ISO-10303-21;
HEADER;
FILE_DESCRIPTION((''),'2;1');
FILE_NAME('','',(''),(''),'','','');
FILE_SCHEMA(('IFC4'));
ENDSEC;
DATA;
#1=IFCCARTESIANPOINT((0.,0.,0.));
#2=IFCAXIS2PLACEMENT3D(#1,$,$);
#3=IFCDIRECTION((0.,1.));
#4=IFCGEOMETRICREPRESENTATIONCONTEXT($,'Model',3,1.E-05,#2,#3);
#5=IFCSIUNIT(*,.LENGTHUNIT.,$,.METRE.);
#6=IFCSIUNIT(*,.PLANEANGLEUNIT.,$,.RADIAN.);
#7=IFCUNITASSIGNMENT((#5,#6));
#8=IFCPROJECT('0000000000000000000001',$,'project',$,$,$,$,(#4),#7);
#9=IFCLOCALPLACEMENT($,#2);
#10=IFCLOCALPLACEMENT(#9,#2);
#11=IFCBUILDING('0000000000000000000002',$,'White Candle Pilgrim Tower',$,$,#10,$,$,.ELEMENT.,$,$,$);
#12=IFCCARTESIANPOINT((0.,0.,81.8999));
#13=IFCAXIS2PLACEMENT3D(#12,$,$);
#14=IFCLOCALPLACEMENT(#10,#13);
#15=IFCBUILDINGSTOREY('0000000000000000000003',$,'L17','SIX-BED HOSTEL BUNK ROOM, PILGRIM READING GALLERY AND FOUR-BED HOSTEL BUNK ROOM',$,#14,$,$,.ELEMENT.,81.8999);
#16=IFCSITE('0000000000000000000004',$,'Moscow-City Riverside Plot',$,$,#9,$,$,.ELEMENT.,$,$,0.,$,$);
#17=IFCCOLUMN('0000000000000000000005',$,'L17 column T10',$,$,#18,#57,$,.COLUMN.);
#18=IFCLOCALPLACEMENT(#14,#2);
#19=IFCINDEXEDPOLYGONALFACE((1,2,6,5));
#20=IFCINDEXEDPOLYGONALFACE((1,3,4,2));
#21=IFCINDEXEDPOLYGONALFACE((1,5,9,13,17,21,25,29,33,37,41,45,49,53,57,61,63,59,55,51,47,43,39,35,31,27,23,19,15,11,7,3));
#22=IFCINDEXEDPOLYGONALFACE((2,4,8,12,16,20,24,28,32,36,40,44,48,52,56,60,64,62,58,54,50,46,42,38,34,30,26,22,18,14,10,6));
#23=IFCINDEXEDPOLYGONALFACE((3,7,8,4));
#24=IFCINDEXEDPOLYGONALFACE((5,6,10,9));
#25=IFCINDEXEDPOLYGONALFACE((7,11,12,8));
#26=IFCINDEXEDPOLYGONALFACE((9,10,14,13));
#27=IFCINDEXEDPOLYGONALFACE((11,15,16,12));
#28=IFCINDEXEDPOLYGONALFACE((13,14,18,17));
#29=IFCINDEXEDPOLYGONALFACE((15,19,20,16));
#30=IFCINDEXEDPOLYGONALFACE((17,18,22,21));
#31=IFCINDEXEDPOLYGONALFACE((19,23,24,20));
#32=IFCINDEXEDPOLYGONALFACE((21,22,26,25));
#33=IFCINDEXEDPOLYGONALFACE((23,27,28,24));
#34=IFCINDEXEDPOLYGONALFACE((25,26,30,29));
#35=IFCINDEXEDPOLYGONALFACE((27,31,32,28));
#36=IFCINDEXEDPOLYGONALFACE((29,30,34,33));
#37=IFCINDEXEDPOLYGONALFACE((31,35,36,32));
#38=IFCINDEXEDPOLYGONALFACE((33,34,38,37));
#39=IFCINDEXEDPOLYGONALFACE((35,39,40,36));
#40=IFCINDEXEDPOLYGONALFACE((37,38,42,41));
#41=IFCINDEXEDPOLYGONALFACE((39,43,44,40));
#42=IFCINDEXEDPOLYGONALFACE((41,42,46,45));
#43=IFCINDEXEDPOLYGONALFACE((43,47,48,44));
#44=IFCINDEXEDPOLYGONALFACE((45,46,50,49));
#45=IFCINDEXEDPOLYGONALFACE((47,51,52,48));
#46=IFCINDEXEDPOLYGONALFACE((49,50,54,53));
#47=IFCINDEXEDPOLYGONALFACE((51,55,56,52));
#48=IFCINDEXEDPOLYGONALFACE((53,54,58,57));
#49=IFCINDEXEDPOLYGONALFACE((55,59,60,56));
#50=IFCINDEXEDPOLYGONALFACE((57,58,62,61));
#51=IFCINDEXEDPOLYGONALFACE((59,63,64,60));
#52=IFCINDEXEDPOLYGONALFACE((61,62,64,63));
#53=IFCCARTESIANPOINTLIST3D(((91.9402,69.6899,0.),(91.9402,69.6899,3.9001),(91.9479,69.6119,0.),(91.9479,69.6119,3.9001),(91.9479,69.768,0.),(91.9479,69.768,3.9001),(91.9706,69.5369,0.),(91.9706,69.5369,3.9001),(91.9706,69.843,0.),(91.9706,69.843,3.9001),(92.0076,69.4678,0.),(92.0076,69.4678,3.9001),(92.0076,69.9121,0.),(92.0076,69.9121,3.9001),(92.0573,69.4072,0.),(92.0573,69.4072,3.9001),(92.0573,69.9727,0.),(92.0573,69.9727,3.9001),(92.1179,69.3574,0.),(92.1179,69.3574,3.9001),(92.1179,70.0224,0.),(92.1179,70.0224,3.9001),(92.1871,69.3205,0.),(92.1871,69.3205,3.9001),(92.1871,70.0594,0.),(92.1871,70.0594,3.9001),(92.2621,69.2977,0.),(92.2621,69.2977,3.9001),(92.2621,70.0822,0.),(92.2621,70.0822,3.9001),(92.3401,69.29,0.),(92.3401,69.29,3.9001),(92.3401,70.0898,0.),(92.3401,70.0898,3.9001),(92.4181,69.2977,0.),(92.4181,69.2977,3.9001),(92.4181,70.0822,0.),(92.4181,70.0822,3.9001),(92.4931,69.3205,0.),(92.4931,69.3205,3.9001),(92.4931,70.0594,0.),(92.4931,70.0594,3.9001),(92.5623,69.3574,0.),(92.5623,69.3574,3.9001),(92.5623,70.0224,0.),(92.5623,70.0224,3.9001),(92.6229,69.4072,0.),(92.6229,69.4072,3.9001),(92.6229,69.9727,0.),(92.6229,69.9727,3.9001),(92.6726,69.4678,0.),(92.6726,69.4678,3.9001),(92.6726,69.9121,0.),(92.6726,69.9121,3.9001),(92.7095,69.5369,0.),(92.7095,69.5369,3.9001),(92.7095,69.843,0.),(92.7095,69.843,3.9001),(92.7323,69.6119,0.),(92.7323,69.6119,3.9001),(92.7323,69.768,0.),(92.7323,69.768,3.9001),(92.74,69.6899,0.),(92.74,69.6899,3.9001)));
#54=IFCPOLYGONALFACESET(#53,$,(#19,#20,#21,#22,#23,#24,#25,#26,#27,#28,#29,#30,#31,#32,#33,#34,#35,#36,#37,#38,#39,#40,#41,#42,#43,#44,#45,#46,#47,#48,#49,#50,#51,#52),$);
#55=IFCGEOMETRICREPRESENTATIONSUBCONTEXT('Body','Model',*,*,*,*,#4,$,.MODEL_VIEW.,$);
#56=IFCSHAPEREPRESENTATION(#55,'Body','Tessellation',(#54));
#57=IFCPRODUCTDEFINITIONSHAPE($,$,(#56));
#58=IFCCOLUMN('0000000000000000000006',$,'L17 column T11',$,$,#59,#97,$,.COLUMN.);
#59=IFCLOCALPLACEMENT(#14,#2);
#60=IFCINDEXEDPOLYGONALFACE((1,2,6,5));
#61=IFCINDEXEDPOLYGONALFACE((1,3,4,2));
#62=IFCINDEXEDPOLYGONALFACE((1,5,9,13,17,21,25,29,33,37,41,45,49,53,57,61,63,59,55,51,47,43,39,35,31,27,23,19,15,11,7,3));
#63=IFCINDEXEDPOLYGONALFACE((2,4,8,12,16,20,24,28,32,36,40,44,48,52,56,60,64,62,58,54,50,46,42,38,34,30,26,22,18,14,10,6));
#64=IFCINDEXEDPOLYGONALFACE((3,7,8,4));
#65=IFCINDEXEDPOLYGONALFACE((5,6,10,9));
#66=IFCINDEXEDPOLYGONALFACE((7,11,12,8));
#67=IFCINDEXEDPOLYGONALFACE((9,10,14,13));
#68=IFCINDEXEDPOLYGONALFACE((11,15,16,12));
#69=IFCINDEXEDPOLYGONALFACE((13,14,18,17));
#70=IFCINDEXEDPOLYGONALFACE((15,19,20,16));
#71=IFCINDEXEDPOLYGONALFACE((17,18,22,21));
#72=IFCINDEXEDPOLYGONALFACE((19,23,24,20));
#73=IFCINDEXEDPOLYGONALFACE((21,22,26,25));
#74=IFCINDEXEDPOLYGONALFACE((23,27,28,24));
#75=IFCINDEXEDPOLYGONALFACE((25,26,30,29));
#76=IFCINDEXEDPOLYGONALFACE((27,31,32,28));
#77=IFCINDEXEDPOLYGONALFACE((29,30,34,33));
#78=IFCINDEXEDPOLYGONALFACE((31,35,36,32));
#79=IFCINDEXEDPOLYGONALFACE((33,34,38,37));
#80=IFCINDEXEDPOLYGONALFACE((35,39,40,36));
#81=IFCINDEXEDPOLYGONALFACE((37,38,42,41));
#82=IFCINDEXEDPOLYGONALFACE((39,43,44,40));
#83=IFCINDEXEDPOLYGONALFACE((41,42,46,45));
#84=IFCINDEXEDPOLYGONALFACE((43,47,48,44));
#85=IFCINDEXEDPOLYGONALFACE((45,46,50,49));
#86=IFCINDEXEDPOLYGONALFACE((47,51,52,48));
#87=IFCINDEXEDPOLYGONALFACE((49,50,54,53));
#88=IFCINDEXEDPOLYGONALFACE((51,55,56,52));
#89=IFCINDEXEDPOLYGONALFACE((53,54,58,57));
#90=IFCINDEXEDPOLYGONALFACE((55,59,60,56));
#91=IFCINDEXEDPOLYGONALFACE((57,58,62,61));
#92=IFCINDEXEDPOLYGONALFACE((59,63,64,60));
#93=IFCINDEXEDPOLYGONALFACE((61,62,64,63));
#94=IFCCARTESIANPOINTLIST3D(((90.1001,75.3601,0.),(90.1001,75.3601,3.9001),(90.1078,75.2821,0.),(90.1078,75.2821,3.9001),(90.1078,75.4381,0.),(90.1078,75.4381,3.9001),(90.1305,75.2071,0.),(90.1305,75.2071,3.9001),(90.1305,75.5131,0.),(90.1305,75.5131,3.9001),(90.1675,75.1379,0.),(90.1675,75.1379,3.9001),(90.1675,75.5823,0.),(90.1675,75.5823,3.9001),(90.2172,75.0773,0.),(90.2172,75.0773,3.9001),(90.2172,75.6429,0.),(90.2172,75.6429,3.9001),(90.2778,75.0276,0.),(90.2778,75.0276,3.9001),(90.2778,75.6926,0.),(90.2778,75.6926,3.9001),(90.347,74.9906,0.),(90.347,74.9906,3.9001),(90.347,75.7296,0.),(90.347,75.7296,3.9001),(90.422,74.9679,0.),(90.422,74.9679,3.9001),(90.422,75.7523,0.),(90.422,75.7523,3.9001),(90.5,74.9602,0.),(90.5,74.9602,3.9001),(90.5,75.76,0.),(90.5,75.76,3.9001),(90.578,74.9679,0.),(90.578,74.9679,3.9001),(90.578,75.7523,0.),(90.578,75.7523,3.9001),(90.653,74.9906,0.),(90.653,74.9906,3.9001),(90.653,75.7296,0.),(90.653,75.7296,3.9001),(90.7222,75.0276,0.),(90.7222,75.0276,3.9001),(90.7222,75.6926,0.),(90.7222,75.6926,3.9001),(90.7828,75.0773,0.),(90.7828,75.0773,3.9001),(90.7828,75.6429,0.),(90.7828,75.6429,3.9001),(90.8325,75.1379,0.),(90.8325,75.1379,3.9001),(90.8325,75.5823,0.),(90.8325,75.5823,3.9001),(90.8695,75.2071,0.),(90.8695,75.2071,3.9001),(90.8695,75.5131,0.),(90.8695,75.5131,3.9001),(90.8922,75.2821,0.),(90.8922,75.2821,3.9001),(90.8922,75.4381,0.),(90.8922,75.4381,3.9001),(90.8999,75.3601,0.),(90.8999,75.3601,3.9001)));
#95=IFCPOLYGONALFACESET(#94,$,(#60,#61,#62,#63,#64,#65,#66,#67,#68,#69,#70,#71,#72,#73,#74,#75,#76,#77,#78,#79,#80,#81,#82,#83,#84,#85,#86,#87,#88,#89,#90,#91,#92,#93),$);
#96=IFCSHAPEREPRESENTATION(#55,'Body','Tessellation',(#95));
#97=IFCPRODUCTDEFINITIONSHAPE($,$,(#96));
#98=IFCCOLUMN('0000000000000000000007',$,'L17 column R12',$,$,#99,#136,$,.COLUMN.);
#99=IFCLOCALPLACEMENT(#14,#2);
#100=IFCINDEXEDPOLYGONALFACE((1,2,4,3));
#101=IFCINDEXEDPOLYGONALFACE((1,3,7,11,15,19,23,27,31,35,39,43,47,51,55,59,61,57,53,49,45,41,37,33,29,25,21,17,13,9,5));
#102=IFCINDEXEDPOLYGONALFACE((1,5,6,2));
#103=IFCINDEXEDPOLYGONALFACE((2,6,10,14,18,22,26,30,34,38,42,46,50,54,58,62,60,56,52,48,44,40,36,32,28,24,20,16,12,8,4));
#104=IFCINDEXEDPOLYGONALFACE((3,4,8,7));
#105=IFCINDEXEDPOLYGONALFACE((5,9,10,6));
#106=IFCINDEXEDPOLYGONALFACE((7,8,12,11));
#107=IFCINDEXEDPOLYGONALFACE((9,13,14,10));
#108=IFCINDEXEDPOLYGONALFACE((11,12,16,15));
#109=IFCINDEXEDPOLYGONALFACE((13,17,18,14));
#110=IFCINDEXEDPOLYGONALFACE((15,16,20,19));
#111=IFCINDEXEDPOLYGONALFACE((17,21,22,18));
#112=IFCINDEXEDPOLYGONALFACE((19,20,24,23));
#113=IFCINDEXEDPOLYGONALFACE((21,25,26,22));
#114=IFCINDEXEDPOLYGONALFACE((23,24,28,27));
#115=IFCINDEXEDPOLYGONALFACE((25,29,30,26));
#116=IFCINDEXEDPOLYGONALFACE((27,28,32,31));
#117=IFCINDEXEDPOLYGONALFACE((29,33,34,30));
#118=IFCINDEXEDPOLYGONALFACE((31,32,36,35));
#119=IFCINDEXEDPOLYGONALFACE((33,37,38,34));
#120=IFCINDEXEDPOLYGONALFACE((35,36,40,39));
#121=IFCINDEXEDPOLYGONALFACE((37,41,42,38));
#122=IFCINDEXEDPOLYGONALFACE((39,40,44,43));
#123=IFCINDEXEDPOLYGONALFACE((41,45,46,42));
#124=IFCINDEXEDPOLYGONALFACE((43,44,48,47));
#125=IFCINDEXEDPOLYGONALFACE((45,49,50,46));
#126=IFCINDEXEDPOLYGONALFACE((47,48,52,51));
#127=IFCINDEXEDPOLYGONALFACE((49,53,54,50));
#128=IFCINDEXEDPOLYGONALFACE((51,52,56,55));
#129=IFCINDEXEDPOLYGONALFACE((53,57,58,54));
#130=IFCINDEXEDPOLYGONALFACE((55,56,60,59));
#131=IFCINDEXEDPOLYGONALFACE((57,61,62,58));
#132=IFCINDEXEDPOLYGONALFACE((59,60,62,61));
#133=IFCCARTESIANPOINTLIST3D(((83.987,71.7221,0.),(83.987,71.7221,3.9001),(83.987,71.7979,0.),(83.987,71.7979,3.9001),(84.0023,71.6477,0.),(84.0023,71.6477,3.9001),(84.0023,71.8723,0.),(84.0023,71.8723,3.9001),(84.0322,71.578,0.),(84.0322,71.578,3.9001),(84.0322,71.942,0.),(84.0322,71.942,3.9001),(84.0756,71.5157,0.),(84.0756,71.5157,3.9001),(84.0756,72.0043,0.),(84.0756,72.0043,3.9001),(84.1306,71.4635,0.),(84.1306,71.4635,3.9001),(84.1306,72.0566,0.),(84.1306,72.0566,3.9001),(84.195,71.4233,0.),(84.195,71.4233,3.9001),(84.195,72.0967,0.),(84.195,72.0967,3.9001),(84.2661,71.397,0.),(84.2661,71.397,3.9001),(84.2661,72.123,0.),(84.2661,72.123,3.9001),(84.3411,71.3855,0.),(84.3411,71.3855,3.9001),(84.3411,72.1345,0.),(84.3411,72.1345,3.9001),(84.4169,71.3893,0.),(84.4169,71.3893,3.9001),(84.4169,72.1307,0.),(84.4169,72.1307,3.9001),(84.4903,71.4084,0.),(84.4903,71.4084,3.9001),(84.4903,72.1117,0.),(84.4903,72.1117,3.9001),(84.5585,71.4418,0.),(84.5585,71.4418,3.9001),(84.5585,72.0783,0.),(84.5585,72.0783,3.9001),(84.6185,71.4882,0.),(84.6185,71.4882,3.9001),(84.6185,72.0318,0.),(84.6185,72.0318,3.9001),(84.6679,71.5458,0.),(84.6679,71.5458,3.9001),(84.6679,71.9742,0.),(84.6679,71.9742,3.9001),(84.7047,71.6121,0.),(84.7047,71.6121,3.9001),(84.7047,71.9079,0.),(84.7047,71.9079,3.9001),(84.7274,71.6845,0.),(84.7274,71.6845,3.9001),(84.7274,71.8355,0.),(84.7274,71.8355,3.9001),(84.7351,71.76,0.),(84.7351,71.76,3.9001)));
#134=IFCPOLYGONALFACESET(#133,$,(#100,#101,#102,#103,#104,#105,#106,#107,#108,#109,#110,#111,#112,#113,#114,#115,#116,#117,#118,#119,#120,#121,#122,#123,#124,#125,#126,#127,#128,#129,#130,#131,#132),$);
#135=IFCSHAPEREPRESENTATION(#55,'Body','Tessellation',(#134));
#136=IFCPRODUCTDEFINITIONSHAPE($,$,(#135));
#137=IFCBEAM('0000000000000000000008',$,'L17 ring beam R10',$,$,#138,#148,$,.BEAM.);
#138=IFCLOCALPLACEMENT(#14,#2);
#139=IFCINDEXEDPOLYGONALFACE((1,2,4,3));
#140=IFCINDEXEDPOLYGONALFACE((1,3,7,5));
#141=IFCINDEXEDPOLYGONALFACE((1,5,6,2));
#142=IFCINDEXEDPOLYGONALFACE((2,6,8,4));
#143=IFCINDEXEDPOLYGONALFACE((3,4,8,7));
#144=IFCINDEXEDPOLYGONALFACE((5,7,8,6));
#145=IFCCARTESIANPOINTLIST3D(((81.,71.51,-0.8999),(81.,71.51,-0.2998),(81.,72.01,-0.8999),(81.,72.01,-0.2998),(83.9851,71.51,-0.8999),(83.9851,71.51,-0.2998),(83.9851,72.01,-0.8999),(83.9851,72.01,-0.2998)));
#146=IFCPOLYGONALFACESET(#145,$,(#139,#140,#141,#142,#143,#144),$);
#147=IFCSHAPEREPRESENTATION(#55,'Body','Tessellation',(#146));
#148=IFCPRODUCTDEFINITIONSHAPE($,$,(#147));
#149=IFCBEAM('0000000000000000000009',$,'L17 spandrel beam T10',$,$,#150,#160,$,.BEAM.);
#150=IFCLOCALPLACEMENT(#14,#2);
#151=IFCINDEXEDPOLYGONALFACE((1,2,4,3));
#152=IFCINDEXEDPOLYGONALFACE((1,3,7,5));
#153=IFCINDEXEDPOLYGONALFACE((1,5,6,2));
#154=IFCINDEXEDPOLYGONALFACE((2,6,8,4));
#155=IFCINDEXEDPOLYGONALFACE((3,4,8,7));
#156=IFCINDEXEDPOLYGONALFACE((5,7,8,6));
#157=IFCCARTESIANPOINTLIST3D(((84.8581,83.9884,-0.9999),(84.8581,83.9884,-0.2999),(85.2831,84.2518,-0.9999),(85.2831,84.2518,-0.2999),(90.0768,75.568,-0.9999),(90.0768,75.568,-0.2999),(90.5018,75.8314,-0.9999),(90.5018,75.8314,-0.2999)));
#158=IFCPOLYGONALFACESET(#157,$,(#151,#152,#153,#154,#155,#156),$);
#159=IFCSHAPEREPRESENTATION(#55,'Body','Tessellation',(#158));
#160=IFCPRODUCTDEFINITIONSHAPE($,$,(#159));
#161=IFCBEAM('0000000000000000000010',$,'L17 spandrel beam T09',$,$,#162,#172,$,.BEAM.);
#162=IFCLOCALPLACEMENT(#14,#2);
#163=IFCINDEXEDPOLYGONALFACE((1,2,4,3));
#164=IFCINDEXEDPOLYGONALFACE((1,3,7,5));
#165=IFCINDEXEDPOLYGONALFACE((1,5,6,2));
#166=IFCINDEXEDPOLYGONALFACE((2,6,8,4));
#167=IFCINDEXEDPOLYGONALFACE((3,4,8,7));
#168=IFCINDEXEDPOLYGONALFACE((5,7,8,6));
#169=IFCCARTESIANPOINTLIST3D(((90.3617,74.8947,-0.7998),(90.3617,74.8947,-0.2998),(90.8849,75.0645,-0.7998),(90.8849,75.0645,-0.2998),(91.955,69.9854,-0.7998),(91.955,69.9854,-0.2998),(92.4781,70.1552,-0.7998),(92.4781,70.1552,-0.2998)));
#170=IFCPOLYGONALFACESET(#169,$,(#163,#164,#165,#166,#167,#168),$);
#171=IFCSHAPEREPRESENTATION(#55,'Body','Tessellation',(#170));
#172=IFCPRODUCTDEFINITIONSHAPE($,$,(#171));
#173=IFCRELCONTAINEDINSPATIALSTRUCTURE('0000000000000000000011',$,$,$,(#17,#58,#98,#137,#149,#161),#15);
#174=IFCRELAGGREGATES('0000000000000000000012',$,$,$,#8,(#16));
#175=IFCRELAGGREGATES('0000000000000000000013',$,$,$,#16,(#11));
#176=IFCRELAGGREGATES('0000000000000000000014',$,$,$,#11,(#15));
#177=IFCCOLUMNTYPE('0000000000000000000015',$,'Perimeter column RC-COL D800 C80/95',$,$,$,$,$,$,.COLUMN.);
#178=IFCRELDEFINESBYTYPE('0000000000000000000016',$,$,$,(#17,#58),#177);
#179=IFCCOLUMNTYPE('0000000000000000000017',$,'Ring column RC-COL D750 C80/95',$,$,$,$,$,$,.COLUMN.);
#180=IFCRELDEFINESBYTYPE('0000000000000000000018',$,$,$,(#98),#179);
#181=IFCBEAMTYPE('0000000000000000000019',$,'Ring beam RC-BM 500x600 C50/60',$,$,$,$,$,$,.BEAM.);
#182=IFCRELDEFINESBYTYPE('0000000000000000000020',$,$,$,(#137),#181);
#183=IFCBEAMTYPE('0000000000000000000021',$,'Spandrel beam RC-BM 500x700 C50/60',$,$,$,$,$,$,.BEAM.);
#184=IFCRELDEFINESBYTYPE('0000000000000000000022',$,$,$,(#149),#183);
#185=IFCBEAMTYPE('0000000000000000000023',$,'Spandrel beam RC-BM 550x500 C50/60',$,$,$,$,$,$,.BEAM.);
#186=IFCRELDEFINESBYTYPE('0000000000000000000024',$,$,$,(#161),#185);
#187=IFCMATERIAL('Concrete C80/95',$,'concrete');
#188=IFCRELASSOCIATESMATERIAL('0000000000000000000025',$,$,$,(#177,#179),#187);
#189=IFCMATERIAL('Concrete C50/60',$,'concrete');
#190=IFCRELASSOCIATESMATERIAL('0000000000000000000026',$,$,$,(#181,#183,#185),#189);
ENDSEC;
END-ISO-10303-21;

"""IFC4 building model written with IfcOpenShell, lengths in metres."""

from ifc_helpers import new_model, si_unit, direction, frame, origin, origin_2d, place, context, subcontext, project, spatial, rectangle, circle, extrude, material, material_profile, profile_set, type_object, element, save


model = new_model("IFC4")

# Units and contexts
model_context = context("Model", 3, precision=1e-05, world=origin(), true_north=direction((0.0, 1.0)))
body_context = subcontext(model_context, "Body", "Model", "MODEL_VIEW")
ifc_project = project(units=[si_unit("LENGTHUNIT", "METRE"), si_unit("PLANEANGLEUNIT", "RADIAN")], contexts=[model_context])

# Site, building, storey
site_placement = place(None, origin())
site = spatial("IfcSite", under=ifc_project, at=site_placement, Name="Moscow-City Riverside Plot", CompositionType="ELEMENT", RefElevation=0.0)
building_placement = place(site_placement, origin())
building = spatial("IfcBuilding", under=site, at=building_placement, Name="White Candle Pilgrim Tower", CompositionType="ELEMENT")
storey_placement = place(building_placement, frame((0.0, 0.0, 81.8999)))
storey = spatial("IfcBuildingStorey", under=building, at=storey_placement, Name="L17", Description="SIX-BED HOSTEL BUNK ROOM, PILGRIM READING GALLERY AND FOUR-BED HOSTEL BUNK ROOM", CompositionType="ELEMENT", Elevation=81.8999)

# Columns
ifc_material_1 = material(Name="Concrete C80/95", Category="concrete")
ifc_material_profile_1 = material_profile(ifc_material_1, circle(Radius=0.3999, at=origin_2d()), Name="RC-COL D800")
ifc_profile_set_1 = profile_set([ifc_material_profile_1], Name="Concrete C80/95")
column_type_1 = type_object("IfcColumnType", Name="Perimeter column RC-COL D800 C80/95", PredefinedType="COLUMN", material=ifc_profile_set_1)
for number, where, z_axis, x_axis, name in (
    (1, (92.3401, 69.6899, 0.0), (0.0, 0.0, 1.0), (1.0, 0.0, 0.0), "L17 column T10"),
    (2, (90.5, 75.3601, 0.0), (0.0, 0.0, 1.0), (1.0, 0.0, 0.0), "L17 column T11"),
):
    element("IfcColumn", number, at=place(storey_placement, frame(where, z_axis=z_axis, x_axis=x_axis)), inside=storey, type_object=column_type_1, Name=name, PredefinedType="COLUMN", context=body_context, shape_type="SweptSolid", body=[
        extrude(circle(Radius=0.3999, at=origin_2d()), origin(), (0.0, 0.0, 1.0), 3.9001),
    ])
ifc_material_profile_2 = material_profile(ifc_material_1, circle(Radius=0.375, at=origin_2d()), Name="RC-COL D750")
ifc_profile_set_2 = profile_set([ifc_material_profile_2], Name="Concrete C80/95")
column_type_2 = type_object("IfcColumnType", Name="Ring column RC-COL D750 C80/95", PredefinedType="COLUMN", material=ifc_profile_set_2)
column_placement = place(storey_placement, frame((84.3601, 71.76, 0.0), z_axis=(0.0, 0.0, 1.0), x_axis=(1.0, 0.0, 0.0)))
element("IfcColumn", 3, at=column_placement, inside=storey, type_object=column_type_2, Name="L17 column R12", PredefinedType="COLUMN", context=body_context, shape_type="SweptSolid", body=[
    extrude(circle(Radius=0.375, at=origin_2d()), origin(), (0.0, 0.0, 1.0), 3.9001),
])

# Beams
ifc_material_2 = material(Name="Concrete C50/60", Category="concrete")
ifc_material_profile_3 = material_profile(ifc_material_2, rectangle(XDim=0.5, YDim=0.6001, at=origin_2d()), Name="RC-BM 500x600")
ifc_profile_set_3 = profile_set([ifc_material_profile_3], Name="Concrete C50/60")
beam_type_1 = type_object("IfcBeamType", Name="Ring beam RC-BM 500x600 C50/60", PredefinedType="BEAM", material=ifc_profile_set_3)
beam_1_placement = place(storey_placement, frame((83.9851, 71.76, -0.5999), z_axis=(-1.0, 0.0, 0.0), x_axis=(0.0, -1.0, 0.0)))
element("IfcBeam", 4, at=beam_1_placement, inside=storey, type_object=beam_type_1, Name="L17 ring beam R10", PredefinedType="BEAM", context=body_context, shape_type="SweptSolid", body=[
    extrude(rectangle(XDim=0.5, YDim=0.6001, at=origin_2d()), origin(), (0.0, 0.0, 1.0), 2.9851),
])
ifc_material_profile_4 = material_profile(ifc_material_2, rectangle(XDim=0.5, YDim=0.7, at=origin_2d()), Name="RC-BM 500x700")
ifc_profile_set_4 = profile_set([ifc_material_profile_4], Name="Concrete C50/60")
beam_type_2 = type_object("IfcBeamType", Name="Spandrel beam RC-BM 500x700 C50/60", PredefinedType="BEAM", material=ifc_profile_set_4)
beam_2_placement = place(storey_placement, frame((90.2893, 75.6997, -0.6499), z_axis=(-0.526801, 0.849989, 0.0), x_axis=(-0.849989, -0.526801, 0.0)))
element("IfcBeam", 5, at=beam_2_placement, inside=storey, type_object=beam_type_2, Name="L17 spandrel beam T10", PredefinedType="BEAM", context=body_context, shape_type="SweptSolid", body=[
    extrude(rectangle(XDim=0.5, YDim=0.7, at=origin_2d()), origin(), (0.0, 0.0, 1.0), 9.9065),
])
ifc_material_profile_5 = material_profile(ifc_material_2, rectangle(XDim=0.55, YDim=0.5, at=origin_2d()), Name="RC-BM 550x500")
ifc_profile_set_5 = profile_set([ifc_material_profile_5], Name="Concrete C50/60")
beam_type_3 = type_object("IfcBeamType", Name="Spandrel beam RC-BM 550x500 C50/60", PredefinedType="BEAM", material=ifc_profile_set_5)
beam_3_placement = place(storey_placement, frame((92.2166, 70.0703, -0.5498), z_axis=(-0.308683, 0.951165, 0.0), x_axis=(-0.951165, -0.308683, 0.0)))
element("IfcBeam", 6, at=beam_3_placement, inside=storey, type_object=beam_type_3, Name="L17 spandrel beam T09", PredefinedType="BEAM", context=body_context, shape_type="SweptSolid", body=[
    extrude(rectangle(XDim=0.55, YDim=0.5, at=origin_2d()), origin(), (0.0, 0.0, 1.0), 5.1614),
])

save(model, "model.ifc")
